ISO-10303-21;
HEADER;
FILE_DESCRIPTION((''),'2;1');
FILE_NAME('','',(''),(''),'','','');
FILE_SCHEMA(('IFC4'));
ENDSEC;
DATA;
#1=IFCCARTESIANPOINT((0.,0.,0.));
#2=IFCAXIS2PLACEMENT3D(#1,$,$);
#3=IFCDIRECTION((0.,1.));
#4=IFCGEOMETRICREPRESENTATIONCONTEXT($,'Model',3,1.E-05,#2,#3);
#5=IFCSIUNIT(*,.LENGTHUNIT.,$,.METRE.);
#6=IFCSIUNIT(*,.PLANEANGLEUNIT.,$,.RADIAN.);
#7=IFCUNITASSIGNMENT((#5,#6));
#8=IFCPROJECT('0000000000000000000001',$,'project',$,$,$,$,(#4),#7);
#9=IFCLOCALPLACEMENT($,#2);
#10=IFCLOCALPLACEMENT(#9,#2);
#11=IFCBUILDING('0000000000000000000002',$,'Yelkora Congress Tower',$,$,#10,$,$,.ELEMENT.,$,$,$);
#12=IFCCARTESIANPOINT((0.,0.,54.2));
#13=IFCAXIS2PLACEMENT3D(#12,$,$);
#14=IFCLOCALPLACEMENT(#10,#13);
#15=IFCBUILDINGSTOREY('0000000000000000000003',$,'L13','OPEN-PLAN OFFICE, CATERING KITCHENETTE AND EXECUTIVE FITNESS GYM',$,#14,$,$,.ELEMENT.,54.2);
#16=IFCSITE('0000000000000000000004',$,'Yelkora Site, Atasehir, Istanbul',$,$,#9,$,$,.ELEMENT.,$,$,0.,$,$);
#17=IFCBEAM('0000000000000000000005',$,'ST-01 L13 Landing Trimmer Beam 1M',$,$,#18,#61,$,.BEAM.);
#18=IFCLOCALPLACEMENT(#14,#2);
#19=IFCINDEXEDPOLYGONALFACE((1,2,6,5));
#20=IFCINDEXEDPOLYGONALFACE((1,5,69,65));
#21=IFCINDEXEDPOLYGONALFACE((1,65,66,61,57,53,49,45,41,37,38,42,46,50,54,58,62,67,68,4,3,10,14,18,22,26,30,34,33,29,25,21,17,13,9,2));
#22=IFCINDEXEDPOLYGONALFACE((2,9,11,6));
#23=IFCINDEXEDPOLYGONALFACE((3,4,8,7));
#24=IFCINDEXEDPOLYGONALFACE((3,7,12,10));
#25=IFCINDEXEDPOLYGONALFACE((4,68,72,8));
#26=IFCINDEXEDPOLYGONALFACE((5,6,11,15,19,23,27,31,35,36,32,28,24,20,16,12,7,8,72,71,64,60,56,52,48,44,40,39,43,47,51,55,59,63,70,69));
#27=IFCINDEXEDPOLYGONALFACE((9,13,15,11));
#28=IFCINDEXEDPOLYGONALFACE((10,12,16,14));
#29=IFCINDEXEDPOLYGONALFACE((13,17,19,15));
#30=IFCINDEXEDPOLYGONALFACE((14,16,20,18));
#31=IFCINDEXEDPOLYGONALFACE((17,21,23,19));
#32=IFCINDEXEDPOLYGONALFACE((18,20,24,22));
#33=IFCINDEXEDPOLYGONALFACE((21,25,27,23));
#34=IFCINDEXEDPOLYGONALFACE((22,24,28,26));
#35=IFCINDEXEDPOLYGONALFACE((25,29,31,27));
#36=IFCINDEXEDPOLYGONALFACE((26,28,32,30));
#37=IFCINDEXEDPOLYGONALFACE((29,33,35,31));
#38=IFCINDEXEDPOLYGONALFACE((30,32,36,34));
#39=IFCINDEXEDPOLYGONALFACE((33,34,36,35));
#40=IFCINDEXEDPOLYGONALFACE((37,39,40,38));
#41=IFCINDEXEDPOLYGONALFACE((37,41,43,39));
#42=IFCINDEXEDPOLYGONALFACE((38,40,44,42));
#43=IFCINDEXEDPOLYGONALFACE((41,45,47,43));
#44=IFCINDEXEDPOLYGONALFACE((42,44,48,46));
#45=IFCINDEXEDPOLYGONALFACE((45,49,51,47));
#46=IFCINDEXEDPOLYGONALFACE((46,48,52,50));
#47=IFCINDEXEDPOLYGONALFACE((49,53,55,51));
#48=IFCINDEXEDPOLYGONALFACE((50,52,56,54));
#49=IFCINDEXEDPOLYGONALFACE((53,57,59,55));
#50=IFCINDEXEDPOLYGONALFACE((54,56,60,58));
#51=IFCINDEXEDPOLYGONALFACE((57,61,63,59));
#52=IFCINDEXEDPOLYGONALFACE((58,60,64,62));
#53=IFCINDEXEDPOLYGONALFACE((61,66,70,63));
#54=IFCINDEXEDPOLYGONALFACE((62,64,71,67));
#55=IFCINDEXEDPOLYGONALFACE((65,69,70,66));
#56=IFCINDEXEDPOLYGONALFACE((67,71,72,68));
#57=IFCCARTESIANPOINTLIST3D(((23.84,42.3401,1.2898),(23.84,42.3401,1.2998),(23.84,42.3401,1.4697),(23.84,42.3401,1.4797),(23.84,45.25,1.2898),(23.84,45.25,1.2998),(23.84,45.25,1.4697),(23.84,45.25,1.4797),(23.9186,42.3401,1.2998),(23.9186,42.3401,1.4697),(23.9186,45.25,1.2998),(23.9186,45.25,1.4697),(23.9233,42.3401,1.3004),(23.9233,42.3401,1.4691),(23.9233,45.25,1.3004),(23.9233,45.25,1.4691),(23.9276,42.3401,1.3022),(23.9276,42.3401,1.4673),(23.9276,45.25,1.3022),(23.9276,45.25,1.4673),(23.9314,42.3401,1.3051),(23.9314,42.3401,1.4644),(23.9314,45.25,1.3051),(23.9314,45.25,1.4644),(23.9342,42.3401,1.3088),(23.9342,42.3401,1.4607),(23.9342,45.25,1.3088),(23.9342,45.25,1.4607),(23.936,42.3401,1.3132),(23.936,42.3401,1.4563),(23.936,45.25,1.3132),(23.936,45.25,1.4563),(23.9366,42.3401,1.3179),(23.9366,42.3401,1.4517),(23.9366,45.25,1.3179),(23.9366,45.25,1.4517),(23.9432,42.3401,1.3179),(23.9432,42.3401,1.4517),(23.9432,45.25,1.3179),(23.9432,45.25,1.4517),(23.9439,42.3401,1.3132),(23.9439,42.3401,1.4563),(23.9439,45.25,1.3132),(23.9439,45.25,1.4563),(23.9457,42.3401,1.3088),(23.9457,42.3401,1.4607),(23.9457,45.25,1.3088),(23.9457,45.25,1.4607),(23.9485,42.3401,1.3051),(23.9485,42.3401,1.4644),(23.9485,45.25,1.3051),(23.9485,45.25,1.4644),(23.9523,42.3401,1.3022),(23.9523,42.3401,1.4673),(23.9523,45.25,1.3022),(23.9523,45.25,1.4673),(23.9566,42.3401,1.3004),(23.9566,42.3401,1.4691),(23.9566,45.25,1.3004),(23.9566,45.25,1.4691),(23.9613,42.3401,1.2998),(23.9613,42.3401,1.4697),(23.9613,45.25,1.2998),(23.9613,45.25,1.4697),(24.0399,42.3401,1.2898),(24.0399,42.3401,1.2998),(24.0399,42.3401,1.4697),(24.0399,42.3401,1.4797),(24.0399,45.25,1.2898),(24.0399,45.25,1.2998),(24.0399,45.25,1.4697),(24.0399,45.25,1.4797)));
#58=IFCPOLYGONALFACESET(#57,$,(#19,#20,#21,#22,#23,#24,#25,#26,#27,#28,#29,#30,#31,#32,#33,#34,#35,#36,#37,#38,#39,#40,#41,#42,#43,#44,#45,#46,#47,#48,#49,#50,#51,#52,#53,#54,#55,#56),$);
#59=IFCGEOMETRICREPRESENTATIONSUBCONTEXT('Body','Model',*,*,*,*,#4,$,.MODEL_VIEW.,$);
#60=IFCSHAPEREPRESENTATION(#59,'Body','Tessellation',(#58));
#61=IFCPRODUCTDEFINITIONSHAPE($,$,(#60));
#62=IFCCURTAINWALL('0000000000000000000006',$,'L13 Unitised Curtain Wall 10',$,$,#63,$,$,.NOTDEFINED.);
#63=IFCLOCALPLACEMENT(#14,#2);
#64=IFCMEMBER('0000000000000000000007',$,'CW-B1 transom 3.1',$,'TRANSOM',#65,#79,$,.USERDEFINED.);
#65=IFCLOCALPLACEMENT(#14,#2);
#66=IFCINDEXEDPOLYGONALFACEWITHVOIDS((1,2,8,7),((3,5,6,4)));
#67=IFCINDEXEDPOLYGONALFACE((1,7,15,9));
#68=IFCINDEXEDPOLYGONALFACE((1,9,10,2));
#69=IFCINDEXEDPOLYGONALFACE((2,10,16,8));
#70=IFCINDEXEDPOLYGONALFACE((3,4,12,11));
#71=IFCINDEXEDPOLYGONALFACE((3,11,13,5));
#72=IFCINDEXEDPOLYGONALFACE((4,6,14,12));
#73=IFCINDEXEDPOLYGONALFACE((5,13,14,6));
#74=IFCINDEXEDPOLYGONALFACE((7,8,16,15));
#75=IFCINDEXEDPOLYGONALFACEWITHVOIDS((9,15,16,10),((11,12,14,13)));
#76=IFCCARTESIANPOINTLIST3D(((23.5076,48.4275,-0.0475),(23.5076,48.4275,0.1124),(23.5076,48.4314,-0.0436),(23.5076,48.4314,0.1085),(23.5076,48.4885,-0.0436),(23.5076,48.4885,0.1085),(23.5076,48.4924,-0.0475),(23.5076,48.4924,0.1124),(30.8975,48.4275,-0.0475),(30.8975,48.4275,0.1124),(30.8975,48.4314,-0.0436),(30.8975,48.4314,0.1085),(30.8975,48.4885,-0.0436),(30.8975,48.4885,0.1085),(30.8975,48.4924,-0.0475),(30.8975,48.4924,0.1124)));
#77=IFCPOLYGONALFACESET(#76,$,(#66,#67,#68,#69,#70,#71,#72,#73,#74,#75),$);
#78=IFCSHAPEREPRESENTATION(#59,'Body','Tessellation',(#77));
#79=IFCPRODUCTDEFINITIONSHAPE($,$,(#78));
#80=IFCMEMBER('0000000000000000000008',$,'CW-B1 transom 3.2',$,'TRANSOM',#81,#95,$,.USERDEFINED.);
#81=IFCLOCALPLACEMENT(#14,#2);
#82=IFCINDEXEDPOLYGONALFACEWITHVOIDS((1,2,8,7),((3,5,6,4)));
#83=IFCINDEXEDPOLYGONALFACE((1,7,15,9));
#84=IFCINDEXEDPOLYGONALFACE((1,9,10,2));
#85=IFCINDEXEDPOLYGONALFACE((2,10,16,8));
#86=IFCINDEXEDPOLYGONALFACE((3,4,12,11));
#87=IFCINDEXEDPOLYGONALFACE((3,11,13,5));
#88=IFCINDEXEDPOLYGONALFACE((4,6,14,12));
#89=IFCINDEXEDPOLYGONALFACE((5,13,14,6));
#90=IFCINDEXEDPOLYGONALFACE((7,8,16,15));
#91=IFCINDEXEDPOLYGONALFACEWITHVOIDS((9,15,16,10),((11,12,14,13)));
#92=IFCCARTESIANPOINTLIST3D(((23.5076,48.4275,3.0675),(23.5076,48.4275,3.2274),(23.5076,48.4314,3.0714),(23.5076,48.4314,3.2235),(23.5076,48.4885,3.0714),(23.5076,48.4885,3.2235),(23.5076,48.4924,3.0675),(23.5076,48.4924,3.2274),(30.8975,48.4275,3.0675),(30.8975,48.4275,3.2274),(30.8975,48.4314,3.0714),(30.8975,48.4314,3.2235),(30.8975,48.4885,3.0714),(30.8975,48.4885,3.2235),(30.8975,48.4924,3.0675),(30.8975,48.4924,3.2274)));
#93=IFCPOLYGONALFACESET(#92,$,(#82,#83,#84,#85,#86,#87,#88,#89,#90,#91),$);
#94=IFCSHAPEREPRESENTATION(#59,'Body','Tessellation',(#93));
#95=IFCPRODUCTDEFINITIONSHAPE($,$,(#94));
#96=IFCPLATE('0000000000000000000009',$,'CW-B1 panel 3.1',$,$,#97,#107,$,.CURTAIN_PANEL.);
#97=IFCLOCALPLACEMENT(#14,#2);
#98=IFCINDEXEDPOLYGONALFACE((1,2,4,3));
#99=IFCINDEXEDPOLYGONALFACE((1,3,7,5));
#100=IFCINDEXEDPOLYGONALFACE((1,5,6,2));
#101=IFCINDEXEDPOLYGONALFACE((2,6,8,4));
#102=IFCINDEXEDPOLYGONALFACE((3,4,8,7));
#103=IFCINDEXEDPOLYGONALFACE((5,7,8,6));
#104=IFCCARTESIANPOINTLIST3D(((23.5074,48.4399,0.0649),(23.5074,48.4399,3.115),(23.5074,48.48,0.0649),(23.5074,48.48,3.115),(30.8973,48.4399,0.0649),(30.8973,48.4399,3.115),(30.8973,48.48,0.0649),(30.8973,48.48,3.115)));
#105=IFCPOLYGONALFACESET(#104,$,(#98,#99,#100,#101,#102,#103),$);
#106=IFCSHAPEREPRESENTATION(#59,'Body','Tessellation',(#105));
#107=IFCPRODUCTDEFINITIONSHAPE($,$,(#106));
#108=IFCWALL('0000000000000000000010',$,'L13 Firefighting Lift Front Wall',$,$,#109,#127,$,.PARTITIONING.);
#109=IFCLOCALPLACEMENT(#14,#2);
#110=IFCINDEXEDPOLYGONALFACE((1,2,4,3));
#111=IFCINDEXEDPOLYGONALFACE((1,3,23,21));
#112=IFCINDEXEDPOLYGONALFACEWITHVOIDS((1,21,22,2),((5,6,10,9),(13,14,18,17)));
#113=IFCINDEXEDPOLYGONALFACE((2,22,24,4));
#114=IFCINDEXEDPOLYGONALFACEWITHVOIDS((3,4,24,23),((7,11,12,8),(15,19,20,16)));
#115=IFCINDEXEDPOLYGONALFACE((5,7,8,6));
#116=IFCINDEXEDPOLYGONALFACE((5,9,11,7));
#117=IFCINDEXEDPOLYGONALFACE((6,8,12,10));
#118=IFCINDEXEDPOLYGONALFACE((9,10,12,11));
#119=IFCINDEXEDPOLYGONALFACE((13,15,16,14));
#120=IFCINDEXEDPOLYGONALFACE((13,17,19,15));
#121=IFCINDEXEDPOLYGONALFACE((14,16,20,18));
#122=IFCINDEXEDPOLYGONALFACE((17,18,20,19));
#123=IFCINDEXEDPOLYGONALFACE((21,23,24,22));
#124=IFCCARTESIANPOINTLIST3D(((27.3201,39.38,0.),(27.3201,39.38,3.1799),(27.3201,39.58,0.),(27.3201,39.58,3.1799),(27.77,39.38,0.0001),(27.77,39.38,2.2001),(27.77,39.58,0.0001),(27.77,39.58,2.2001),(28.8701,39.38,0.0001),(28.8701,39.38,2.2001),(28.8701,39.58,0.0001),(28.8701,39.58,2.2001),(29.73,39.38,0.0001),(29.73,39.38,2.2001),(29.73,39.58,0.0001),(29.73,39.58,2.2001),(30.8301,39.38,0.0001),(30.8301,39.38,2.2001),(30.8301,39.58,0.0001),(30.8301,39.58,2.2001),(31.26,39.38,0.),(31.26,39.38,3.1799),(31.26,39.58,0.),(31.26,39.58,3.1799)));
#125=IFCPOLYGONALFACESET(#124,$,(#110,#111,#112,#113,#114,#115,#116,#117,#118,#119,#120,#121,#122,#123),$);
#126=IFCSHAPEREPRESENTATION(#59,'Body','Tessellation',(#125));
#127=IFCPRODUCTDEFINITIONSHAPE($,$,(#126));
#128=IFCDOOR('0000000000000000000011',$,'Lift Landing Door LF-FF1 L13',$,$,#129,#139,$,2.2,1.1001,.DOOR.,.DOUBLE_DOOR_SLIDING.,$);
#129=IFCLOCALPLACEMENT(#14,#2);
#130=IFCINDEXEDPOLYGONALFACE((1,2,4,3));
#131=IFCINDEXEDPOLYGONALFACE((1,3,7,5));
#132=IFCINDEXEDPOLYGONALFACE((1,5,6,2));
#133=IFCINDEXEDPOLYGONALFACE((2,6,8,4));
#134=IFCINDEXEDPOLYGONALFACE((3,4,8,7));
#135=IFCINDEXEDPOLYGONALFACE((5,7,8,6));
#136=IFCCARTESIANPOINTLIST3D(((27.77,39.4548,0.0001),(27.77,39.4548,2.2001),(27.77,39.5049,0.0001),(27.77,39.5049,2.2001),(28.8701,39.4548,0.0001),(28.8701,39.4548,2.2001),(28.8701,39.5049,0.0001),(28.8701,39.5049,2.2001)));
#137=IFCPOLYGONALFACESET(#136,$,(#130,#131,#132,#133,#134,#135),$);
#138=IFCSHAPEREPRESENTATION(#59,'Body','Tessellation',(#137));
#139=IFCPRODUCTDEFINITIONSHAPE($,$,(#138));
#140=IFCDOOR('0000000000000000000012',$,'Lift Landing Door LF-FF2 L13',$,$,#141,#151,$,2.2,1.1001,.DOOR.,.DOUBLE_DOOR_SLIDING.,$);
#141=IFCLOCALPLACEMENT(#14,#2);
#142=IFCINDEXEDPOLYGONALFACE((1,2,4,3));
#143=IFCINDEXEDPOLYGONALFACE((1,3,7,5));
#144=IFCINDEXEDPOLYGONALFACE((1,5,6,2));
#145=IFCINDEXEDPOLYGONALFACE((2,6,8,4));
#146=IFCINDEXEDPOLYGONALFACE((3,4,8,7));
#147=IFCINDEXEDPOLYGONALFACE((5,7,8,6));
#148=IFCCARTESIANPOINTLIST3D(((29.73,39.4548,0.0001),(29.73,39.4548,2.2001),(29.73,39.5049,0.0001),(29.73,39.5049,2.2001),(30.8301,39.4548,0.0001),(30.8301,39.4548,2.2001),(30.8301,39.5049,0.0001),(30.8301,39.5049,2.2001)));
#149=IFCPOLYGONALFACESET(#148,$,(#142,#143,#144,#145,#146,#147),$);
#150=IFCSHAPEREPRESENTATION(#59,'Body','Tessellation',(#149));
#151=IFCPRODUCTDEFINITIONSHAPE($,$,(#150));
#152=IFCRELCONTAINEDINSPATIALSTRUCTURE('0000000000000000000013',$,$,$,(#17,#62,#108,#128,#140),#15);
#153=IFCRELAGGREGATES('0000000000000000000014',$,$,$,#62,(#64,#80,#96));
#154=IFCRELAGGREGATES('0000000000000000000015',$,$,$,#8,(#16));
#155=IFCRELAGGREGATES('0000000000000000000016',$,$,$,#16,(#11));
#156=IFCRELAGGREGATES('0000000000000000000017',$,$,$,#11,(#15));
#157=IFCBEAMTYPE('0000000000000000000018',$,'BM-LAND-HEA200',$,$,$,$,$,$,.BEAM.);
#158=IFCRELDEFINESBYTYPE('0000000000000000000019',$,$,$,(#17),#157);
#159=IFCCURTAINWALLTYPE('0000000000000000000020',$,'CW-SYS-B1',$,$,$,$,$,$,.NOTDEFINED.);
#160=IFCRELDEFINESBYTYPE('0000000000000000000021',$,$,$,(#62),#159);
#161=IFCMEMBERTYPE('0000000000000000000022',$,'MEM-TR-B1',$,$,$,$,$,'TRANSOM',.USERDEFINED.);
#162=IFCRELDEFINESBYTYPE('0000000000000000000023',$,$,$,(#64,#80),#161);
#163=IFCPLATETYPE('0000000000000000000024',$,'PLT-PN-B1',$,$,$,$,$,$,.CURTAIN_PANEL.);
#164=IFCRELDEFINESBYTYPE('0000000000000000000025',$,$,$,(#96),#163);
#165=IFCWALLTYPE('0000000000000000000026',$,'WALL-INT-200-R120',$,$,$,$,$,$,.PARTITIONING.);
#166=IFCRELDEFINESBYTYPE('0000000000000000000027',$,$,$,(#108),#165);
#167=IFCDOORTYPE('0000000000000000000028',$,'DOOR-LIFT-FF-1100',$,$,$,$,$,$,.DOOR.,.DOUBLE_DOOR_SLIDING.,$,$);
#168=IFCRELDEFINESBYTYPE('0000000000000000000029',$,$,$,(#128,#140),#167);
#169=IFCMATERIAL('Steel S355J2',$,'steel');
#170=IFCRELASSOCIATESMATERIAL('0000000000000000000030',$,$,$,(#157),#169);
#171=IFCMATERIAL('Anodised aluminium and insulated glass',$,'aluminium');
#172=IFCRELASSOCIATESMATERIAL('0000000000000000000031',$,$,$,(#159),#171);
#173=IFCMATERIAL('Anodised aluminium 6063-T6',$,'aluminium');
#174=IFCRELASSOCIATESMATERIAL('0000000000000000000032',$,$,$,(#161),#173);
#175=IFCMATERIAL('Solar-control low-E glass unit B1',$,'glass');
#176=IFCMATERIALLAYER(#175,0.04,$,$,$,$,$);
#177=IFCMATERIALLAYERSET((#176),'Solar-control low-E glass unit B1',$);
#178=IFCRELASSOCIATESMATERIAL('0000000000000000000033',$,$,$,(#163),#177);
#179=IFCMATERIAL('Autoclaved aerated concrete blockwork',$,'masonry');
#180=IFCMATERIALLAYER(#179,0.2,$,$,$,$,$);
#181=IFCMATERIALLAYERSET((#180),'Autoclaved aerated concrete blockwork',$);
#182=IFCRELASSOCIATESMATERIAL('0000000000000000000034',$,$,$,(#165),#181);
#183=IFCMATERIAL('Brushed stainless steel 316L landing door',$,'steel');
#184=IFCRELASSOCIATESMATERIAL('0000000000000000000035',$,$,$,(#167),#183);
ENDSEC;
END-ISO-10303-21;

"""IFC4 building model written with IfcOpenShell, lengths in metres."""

from ifc_helpers import new_model, si_unit, direction, frame, frame_2d, origin, origin_2d, place, context, subcontext, project, spatial, rectangle, hollow_rectangle, i_section, extrude, material, layer, layer_set, material_profile, profile_set, type_object, element, fill, aggregate, save


model = new_model("IFC4")

# Units and contexts
model_context = context("Model", 3, precision=1e-05, world=origin(), true_north=direction((0.0, 1.0)))
body_context = subcontext(model_context, "Body", "Model", "MODEL_VIEW")
ifc_project = project(units=[si_unit("LENGTHUNIT", "METRE"), si_unit("PLANEANGLEUNIT", "RADIAN")], contexts=[model_context])

# Site, building, storey
site_placement = place(None, origin())
site = spatial("IfcSite", under=ifc_project, at=site_placement, Name="Yelkora Site, Atasehir, Istanbul", CompositionType="ELEMENT", RefElevation=0.0)
building_placement = place(site_placement, origin())
building = spatial("IfcBuilding", under=site, at=building_placement, Name="Yelkora Congress Tower", CompositionType="ELEMENT")
storey_placement = place(building_placement, frame((0.0, 0.0, 54.2)))
storey = spatial("IfcBuildingStorey", under=building, at=storey_placement, Name="L13", Description="OPEN-PLAN OFFICE, CATERING KITCHENETTE AND EXECUTIVE FITNESS GYM", CompositionType="ELEMENT", Elevation=54.2)

# Beam
ifc_material_1 = material(Name="Steel S355J2", Category="steel")
ifc_material_profile_1 = material_profile(ifc_material_1, i_section(OverallWidth=0.2, OverallDepth=0.1899, WebThickness=0.0066, FlangeThickness=0.01, FilletRadius=0.0181, at=origin_2d()), Name="HEA 200")
ifc_profile_set_1 = profile_set([ifc_material_profile_1], Name="Steel S355J2")
beam_type = type_object("IfcBeamType", Name="BM-LAND-HEA200", PredefinedType="BEAM", material=ifc_profile_set_1)
beam_placement = place(storey_placement, frame((23.9399, 42.3401, 1.3848), z_axis=(0.0, 1.0, 0.0), x_axis=(-1.0, 0.0, 0.0)))
element("IfcBeam", 1, at=beam_placement, inside=storey, type_object=beam_type, Name="ST-01 L13 Landing Trimmer Beam 1M", PredefinedType="BEAM", context=body_context, shape_type="SweptSolid", body=[
    extrude(i_section(OverallWidth=0.2, OverallDepth=0.1899, WebThickness=0.0066, FlangeThickness=0.01, FilletRadius=0.0181, at=origin_2d()), origin(), (0.0, 0.0, 1.0), 2.9099),
])

# Curtain wall, members, plate
ifc_material_2 = material(Name="Anodised aluminium and insulated glass", Category="aluminium")
curtain_wall_type = type_object("IfcCurtainWallType", Name="CW-SYS-B1", PredefinedType="NOTDEFINED", material=ifc_material_2)
curtain_wall_placement = place(storey_placement, origin())
curtain_wall = element("IfcCurtainWall", 2, at=curtain_wall_placement, inside=storey, type_object=curtain_wall_type, Name="L13 Unitised Curtain Wall 10", PredefinedType="NOTDEFINED")
ifc_material_3 = material(Name="Anodised aluminium 6063-T6", Category="aluminium")
ifc_material_profile_2 = material_profile(ifc_material_3, hollow_rectangle(XDim=0.0649, YDim=0.1599, WallThickness=0.0039, at=origin_2d()), Name="ALU 65x160x4")
ifc_profile_set_2 = profile_set([ifc_material_profile_2], Name="Anodised aluminium 6063-T6")
member_type = type_object("IfcMemberType", Name="MEM-TR-B1", ElementType="TRANSOM", PredefinedType="USERDEFINED", material=ifc_profile_set_2)
member_1_placement = place(storey_placement, frame((23.5076, 48.46, 0.0325), z_axis=(1.0, 0.0, 0.0), x_axis=(0.0, 1.0, 0.0)))
member_1 = element("IfcMember", 3, at=member_1_placement, type_object=member_type, Name="CW-B1 transom 3.1", ObjectType="TRANSOM", PredefinedType="USERDEFINED", context=body_context, shape_type="SweptSolid", body=[
    extrude(hollow_rectangle(XDim=0.0649, YDim=0.1599, WallThickness=0.0039, at=origin_2d()), origin(), (0.0, 0.0, 1.0), 7.3899),
])
member_2_placement = place(storey_placement, frame((23.5076, 48.46, 3.1475), z_axis=(1.0, 0.0, 0.0), x_axis=(0.0, 1.0, 0.0)))
member_2 = element("IfcMember", 4, at=member_2_placement, type_object=member_type, Name="CW-B1 transom 3.2", ObjectType="TRANSOM", PredefinedType="USERDEFINED", context=body_context, shape_type="SweptSolid", body=[
    extrude(hollow_rectangle(XDim=0.0649, YDim=0.1599, WallThickness=0.0039, at=origin_2d()), origin(), (0.0, 0.0, 1.0), 7.3899),
])
ifc_material_4 = material(Name="Solar-control low-E glass unit B1", Category="glass")
ifc_layer_1 = layer(ifc_material_4, 0.04)
ifc_layer_set_1 = layer_set([ifc_layer_1], Name="Solar-control low-E glass unit B1")
plate_type = type_object("IfcPlateType", Name="PLT-PN-B1", PredefinedType="CURTAIN_PANEL", material=ifc_layer_set_1)
plate_placement = place(storey_placement, frame((27.2024, 48.46, 0.0649), z_axis=(0.0, 0.0, 1.0), x_axis=(1.0, 0.0, 0.0)))
plate = element("IfcPlate", 5, at=plate_placement, type_object=plate_type, Name="CW-B1 panel 3.1", PredefinedType="CURTAIN_PANEL", context=body_context, shape_type="SweptSolid", body=[
    extrude(rectangle(XDim=7.3899, YDim=0.04, at=origin_2d()), origin(), (0.0, 0.0, 1.0), 3.05),
])
aggregate(curtain_wall, [member_1, member_2, plate])

# Wall, openings, doors
ifc_material_5 = material(Name="Autoclaved aerated concrete blockwork", Category="masonry")
ifc_layer_2 = layer(ifc_material_5, 0.2)
ifc_layer_set_2 = layer_set([ifc_layer_2], Name="Autoclaved aerated concrete blockwork")
wall_type_1 = type_object("IfcWallType", Name="WALL-INT-200-R120", PredefinedType="PARTITIONING", material=ifc_layer_set_2)
wall_1_placement = place(storey_placement, frame((27.3201, 39.48, 0.0), z_axis=(0.0, 0.0, 1.0), x_axis=(1.0, 0.0, 0.0)))
wall_1 = element("IfcWall", 6, at=wall_1_placement, inside=storey, type_object=wall_type_1, Name="L13 Firefighting Lift Front Wall", PredefinedType="PARTITIONING", context=body_context, shape_type="SweptSolid", body=[
    extrude(rectangle(XDim=3.9399, YDim=0.2, at=frame_2d((1.97, 0.0))), origin(), (0.0, 0.0, 1.0), 3.1799),
])
opening_1_placement = place(wall_1_placement, frame((0.45, 0.0, 0.0)))
opening_1 = element("IfcOpeningElement", 7, at=opening_1_placement, cuts=wall_1, PredefinedType="OPENING", context=body_context, shape_type="SweptSolid", body=[
    extrude(rectangle(XDim=1.1001, YDim=2.2, at=frame_2d((0.55, 1.1001))), frame((0.0, 0.1099, 0.0), z_axis=(0.0, -1.0, 0.0), x_axis=(1.0, 0.0, 0.0)), (0.0, 0.0, 1.0), 0.22),
])
opening_2_placement = place(wall_1_placement, frame((2.4099, 0.0, 0.0)))
opening_2 = element("IfcOpeningElement", 8, at=opening_2_placement, cuts=wall_1, PredefinedType="OPENING", context=body_context, shape_type="SweptSolid", body=[
    extrude(rectangle(XDim=1.1001, YDim=2.2, at=frame_2d((0.55, 1.1001))), frame((0.0, 0.1099, 0.0), z_axis=(0.0, -1.0, 0.0), x_axis=(1.0, 0.0, 0.0)), (0.0, 0.0, 1.0), 0.22),
])
ifc_material_6 = material(Name="Brushed stainless steel 316L landing door", Category="steel")
door_type_1 = type_object("IfcDoorType", Name="DOOR-LIFT-FF-1100", OperationType="DOUBLE_DOOR_SLIDING", PredefinedType="DOOR", material=ifc_material_6)
door_1_placement = place(opening_1_placement, origin())
door_1 = element("IfcDoor", 9, at=door_1_placement, inside=storey, type_object=door_type_1, Name="Lift Landing Door LF-FF1 L13", OperationType="DOUBLE_DOOR_SLIDING", OverallHeight=2.2, OverallWidth=1.1001, PredefinedType="DOOR", context=body_context, shape_type="SweptSolid", body=[
    extrude(rectangle(XDim=1.1001, YDim=2.2, at=frame_2d((0.55, 1.1001))), frame((0.0, 0.0249, 0.0), z_axis=(0.0, -1.0, 0.0), x_axis=(1.0, 0.0, 0.0)), (0.0, 0.0, 1.0), 0.05),
])
fill(opening_1, door_1)
door_2_placement = place(opening_2_placement, origin())
door_2 = element("IfcDoor", 10, at=door_2_placement, inside=storey, type_object=door_type_1, Name="Lift Landing Door LF-FF2 L13", OperationType="DOUBLE_DOOR_SLIDING", OverallHeight=2.2, OverallWidth=1.1001, PredefinedType="DOOR", context=body_context, shape_type="SweptSolid", body=[
    extrude(rectangle(XDim=1.1001, YDim=2.2, at=frame_2d((0.55, 1.1001))), frame((0.0, 0.0249, 0.0), z_axis=(0.0, -1.0, 0.0), x_axis=(1.0, 0.0, 0.0)), (0.0, 0.0, 1.0), 0.05),
])
fill(opening_2, door_2)

save(model, "model.ifc")
